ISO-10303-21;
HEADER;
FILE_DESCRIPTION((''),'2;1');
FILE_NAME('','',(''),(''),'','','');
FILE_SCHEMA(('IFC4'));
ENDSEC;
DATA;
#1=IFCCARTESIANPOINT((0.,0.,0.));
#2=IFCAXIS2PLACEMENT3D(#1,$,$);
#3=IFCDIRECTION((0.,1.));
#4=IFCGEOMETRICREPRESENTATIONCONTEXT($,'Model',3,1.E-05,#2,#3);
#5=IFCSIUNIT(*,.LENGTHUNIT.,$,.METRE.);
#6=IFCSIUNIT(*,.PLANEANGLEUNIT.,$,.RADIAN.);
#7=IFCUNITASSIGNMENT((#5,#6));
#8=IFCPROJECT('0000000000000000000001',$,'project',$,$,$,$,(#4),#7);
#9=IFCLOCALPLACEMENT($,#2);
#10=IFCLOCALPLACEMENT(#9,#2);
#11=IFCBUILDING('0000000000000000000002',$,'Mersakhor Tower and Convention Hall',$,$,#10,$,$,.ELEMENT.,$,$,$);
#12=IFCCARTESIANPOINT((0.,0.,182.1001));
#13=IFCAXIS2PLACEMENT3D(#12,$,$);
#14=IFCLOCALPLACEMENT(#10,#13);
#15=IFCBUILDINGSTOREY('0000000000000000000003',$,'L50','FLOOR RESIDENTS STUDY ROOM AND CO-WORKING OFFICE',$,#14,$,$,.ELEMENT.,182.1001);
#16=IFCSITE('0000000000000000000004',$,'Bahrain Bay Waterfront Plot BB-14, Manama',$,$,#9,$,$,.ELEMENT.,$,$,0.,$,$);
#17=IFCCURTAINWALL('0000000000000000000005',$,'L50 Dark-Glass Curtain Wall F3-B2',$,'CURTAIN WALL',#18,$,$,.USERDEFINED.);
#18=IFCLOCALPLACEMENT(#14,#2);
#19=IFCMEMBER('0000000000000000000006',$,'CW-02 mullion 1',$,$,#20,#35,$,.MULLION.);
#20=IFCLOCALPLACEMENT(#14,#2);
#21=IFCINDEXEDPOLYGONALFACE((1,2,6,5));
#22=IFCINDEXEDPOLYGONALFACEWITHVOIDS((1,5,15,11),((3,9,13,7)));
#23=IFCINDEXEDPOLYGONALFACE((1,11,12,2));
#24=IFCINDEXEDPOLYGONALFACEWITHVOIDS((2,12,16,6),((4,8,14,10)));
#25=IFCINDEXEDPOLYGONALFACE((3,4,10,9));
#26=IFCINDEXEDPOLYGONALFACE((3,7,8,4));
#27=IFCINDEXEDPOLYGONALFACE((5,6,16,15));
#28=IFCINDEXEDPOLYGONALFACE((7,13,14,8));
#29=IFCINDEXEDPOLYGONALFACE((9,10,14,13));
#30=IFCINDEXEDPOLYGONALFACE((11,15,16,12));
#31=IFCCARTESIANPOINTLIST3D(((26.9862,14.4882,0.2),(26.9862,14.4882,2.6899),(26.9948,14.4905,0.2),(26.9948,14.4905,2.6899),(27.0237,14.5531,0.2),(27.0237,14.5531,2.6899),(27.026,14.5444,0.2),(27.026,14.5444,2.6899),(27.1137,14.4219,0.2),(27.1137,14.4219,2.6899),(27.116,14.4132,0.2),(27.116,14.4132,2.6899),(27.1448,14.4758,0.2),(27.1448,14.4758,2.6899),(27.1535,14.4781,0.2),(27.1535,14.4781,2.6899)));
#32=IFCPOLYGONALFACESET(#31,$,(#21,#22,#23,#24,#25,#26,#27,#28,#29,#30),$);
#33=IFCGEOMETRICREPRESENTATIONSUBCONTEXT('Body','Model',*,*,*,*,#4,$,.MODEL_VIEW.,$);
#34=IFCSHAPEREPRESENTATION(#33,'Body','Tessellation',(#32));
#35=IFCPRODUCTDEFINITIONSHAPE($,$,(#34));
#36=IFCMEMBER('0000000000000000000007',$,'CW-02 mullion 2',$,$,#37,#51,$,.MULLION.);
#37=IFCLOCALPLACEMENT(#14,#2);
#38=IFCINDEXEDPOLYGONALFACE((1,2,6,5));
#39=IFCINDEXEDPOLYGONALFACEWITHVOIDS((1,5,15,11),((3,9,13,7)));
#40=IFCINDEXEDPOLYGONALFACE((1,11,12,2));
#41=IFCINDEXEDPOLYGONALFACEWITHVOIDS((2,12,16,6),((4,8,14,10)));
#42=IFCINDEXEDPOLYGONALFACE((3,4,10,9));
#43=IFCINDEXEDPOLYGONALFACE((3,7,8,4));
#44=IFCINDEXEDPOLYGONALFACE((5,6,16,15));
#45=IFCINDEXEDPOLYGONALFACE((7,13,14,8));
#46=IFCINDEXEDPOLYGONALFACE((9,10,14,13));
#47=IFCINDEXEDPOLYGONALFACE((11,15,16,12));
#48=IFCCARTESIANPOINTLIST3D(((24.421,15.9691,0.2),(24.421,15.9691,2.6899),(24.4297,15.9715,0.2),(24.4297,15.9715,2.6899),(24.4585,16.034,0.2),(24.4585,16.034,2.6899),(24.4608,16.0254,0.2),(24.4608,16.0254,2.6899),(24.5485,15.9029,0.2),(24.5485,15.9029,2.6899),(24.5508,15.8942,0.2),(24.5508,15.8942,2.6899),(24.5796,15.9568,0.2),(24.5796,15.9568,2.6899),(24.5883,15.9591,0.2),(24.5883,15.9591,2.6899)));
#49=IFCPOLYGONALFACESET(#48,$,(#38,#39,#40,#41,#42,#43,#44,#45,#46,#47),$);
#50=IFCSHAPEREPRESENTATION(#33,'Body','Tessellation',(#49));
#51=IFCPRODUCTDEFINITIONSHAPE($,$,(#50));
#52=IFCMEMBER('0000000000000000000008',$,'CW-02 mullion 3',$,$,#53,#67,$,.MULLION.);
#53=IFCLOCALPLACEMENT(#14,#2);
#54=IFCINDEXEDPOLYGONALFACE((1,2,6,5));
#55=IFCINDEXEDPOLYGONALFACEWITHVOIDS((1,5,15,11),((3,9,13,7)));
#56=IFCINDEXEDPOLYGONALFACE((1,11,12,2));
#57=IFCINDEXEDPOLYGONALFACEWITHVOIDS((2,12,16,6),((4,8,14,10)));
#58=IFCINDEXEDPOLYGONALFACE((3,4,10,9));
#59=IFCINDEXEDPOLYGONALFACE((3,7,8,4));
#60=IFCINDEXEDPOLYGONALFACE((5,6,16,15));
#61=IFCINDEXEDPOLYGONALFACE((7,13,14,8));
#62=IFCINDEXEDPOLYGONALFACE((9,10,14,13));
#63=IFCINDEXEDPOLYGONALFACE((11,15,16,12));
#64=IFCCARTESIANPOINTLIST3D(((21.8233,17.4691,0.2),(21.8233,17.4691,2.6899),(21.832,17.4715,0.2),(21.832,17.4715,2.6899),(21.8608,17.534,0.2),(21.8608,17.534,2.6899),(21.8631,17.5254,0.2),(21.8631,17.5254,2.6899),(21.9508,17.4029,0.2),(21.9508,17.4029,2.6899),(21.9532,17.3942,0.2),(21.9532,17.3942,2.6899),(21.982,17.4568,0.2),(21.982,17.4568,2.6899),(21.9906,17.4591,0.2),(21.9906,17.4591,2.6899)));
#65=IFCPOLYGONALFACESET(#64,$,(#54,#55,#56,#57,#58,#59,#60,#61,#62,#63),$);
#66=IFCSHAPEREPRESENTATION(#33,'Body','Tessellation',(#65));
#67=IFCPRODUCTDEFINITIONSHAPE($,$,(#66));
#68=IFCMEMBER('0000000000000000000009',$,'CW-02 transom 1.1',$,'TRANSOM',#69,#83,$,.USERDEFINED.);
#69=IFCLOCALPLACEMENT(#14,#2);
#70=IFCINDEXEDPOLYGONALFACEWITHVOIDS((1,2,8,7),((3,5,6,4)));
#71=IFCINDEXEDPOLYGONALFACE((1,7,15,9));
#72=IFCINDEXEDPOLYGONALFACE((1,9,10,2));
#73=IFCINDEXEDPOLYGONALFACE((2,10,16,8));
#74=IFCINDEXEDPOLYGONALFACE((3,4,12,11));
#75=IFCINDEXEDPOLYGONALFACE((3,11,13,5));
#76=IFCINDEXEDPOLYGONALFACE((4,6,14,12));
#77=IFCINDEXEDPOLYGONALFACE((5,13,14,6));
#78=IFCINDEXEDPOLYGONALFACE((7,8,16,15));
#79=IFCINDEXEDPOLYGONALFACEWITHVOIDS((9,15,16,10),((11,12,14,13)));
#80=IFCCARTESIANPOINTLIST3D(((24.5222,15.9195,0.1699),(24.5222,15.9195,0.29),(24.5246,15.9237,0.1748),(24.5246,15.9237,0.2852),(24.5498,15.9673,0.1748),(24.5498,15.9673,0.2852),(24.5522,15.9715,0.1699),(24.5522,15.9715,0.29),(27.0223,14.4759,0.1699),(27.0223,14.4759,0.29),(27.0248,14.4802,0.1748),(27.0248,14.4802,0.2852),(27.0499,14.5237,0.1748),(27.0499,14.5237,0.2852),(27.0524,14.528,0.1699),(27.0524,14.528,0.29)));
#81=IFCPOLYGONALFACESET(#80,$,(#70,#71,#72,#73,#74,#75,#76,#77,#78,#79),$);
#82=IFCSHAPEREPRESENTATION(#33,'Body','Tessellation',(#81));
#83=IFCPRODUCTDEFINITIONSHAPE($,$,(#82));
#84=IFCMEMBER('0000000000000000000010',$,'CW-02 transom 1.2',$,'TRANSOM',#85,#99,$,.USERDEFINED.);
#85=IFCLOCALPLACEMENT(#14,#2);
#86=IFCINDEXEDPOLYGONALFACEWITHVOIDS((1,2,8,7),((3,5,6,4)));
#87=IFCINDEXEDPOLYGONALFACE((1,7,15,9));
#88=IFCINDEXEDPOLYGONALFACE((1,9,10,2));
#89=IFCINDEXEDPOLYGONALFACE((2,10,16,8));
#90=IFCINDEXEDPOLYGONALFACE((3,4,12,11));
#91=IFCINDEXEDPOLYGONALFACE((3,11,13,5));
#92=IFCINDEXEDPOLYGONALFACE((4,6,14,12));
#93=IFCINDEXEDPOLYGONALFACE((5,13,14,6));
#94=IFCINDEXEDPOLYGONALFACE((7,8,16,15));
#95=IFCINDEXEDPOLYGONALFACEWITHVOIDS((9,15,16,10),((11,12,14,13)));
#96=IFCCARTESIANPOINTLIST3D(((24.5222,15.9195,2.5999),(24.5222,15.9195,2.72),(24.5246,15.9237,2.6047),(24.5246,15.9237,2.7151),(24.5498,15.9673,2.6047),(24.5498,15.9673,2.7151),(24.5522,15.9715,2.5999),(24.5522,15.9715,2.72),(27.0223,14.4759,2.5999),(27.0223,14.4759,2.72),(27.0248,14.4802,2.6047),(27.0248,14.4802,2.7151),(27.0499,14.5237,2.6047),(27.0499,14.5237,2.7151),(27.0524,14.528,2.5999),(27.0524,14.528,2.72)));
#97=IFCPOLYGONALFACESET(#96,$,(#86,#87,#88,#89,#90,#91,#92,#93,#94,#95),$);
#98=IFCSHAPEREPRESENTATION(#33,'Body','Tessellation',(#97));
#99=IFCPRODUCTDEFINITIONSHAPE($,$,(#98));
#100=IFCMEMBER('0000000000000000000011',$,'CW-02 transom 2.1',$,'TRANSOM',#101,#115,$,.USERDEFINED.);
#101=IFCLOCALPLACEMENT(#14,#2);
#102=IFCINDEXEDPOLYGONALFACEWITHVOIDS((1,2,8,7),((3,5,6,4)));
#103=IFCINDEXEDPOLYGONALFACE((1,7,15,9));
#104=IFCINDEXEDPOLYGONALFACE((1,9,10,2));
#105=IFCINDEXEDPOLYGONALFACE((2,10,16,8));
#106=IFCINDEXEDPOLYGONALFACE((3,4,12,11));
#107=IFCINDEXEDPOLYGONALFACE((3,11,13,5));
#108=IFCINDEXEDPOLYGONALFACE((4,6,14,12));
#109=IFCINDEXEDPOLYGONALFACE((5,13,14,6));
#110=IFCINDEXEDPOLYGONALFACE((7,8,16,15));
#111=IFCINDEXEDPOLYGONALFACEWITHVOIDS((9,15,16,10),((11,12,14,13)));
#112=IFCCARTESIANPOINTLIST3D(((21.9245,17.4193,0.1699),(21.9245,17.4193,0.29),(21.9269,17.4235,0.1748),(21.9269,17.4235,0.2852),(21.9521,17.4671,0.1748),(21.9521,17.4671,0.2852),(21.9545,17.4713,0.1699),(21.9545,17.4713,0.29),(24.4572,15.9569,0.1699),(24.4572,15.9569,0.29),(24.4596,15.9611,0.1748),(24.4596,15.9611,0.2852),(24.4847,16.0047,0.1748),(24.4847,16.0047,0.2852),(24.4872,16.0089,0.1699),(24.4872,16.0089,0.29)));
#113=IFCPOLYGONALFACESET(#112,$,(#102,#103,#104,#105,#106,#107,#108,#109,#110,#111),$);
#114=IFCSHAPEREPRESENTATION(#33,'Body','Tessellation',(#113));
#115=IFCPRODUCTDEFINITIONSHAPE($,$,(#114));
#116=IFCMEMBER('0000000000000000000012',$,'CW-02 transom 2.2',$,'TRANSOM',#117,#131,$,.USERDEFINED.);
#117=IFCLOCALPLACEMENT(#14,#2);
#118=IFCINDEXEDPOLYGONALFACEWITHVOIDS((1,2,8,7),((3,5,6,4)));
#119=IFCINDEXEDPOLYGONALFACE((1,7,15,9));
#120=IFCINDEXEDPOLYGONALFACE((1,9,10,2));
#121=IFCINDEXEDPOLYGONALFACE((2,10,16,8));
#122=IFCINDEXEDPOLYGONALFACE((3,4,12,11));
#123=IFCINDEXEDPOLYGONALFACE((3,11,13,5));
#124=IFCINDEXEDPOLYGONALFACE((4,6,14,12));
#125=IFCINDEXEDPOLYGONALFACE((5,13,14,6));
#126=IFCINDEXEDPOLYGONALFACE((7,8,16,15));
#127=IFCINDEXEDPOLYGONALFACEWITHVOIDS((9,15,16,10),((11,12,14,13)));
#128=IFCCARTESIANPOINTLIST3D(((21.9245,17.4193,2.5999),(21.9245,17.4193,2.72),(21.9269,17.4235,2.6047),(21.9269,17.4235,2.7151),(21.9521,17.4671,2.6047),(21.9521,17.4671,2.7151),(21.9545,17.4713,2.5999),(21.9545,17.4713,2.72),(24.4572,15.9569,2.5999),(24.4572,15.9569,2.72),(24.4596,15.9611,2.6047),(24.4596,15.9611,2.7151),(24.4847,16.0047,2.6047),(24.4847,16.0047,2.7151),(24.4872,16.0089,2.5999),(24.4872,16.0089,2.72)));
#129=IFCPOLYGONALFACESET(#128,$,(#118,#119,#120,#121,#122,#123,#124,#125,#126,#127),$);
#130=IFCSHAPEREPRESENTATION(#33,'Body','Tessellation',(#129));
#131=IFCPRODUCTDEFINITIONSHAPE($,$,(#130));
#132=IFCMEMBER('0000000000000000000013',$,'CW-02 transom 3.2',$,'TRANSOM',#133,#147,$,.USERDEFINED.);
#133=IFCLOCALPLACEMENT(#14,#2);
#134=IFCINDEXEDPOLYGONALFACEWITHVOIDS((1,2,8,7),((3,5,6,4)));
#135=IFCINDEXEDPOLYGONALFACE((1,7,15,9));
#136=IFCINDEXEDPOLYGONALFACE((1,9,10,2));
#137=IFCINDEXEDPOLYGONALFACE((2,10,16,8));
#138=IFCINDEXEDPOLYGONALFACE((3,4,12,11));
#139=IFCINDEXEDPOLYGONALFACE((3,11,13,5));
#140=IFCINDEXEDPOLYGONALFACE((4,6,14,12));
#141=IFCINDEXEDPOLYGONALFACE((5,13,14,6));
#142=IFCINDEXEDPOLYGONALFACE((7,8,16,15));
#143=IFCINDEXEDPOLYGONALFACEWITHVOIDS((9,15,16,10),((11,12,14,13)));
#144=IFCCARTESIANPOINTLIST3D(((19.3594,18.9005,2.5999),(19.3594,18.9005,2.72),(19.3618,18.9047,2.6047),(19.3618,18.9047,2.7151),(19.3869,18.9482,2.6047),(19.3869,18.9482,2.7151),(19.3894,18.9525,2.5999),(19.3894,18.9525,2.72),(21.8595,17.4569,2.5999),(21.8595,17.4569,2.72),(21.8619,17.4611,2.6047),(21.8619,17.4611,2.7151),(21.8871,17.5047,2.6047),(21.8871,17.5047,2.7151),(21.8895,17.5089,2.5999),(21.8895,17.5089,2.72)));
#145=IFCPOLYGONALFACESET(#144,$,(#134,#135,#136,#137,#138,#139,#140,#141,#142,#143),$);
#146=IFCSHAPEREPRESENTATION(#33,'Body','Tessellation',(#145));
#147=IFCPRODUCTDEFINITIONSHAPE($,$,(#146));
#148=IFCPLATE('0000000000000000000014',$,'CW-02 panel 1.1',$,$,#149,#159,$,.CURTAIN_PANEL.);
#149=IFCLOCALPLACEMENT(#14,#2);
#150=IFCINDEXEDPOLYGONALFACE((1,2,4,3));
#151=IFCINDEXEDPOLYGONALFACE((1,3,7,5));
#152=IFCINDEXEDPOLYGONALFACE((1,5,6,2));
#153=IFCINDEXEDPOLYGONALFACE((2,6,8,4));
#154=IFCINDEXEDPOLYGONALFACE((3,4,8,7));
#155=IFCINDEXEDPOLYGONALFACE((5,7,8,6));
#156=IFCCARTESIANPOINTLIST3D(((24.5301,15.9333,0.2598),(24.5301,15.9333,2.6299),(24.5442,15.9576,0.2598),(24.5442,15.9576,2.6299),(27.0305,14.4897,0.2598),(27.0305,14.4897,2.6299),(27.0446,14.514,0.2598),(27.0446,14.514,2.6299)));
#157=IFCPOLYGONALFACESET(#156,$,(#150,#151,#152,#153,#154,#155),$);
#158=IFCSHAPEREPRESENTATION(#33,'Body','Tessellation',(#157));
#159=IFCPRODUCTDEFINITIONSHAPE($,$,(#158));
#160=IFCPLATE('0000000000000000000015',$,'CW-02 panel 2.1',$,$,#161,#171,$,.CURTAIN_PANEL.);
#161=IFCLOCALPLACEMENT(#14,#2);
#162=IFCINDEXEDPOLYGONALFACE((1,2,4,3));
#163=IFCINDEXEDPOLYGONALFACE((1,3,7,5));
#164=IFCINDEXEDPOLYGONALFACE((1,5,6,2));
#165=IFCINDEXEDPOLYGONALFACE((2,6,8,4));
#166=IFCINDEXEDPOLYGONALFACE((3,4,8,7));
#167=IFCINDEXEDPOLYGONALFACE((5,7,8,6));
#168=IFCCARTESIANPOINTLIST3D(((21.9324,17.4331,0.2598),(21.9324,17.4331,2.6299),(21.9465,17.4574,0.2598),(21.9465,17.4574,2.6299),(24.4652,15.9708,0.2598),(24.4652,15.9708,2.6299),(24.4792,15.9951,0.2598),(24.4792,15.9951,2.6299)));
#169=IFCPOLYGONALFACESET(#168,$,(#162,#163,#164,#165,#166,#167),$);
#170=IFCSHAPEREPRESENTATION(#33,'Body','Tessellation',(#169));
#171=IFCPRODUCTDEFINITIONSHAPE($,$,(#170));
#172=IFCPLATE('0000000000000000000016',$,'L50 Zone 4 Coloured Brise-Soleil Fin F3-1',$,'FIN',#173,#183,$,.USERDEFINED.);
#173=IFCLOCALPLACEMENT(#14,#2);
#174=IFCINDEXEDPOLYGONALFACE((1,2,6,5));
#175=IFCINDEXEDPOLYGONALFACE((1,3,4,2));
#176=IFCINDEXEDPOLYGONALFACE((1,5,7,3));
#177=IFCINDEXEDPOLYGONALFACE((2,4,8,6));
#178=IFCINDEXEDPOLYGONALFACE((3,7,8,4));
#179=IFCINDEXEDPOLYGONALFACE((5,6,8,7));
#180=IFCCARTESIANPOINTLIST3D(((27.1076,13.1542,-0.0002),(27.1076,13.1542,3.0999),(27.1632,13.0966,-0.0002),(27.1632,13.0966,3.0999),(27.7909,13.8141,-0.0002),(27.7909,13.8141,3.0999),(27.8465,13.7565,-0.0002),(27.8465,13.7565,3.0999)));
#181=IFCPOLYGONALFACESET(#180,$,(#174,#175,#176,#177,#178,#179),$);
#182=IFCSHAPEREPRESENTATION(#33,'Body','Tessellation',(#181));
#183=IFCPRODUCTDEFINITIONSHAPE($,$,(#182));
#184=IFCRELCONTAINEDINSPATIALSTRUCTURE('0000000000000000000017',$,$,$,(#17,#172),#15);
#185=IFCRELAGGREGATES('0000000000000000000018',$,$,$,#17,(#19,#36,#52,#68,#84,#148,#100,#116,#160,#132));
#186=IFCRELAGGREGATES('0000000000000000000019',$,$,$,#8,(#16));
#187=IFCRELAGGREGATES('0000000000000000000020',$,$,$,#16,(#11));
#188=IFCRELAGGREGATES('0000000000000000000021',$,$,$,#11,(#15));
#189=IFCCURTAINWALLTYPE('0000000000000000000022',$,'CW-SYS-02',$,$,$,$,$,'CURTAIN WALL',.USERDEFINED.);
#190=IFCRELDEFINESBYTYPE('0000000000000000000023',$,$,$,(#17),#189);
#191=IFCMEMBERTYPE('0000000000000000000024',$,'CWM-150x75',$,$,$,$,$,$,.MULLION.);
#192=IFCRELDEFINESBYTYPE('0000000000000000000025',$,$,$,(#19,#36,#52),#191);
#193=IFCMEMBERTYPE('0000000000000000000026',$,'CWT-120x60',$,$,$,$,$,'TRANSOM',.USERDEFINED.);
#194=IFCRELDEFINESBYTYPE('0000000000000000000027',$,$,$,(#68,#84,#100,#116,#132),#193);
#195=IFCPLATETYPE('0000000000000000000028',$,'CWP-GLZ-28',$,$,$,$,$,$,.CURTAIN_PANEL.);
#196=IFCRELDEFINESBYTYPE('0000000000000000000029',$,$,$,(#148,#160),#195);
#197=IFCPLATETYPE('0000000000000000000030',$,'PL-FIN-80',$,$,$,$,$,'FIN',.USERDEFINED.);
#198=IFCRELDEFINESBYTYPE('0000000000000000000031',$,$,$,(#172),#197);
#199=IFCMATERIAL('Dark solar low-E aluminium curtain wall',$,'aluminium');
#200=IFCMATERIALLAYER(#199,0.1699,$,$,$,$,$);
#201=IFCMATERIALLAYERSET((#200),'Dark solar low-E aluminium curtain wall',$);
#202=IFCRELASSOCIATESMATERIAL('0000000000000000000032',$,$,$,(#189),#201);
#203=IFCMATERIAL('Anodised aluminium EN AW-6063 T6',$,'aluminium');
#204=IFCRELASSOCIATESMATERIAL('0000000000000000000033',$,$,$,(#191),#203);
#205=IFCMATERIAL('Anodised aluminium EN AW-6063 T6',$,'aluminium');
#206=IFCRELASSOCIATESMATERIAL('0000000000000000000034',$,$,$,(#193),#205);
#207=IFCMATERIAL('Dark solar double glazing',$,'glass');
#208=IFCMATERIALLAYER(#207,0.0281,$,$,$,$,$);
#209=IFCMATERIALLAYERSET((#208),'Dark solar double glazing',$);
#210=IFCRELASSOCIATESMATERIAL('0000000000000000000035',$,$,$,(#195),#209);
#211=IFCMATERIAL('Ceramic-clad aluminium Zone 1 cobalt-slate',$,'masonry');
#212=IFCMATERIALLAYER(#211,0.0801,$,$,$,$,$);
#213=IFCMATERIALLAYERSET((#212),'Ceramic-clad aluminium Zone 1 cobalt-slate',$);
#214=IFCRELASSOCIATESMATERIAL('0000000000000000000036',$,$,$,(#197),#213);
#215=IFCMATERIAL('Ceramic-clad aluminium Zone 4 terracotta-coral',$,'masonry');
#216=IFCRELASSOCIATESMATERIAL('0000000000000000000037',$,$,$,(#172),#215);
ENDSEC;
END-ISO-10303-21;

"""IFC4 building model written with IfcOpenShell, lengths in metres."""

from ifc_helpers import new_model, si_unit, direction, frame, origin, origin_2d, place, context, subcontext, project, spatial, rectangle, hollow_rectangle, extrude, material, layer, layer_set, material_profile, profile_set, type_object, element, aggregate, save


model = new_model("IFC4")

# Units and contexts
model_context = context("Model", 3, precision=1e-05, world=origin(), true_north=direction((0.0, 1.0)))
body_context = subcontext(model_context, "Body", "Model", "MODEL_VIEW")
ifc_project = project(units=[si_unit("LENGTHUNIT", "METRE"), si_unit("PLANEANGLEUNIT", "RADIAN")], contexts=[model_context])

# Site, building, storey
site_placement = place(None, origin())
site = spatial("IfcSite", under=ifc_project, at=site_placement, Name="Bahrain Bay Waterfront Plot BB-14, Manama", CompositionType="ELEMENT", RefElevation=0.0)
building_placement = place(site_placement, origin())
building = spatial("IfcBuilding", under=site, at=building_placement, Name="Mersakhor Tower and Convention Hall", CompositionType="ELEMENT")
storey_placement = place(building_placement, frame((0.0, 0.0, 182.1001)))
storey = spatial("IfcBuildingStorey", under=building, at=storey_placement, Name="L50", Description="FLOOR RESIDENTS STUDY ROOM AND CO-WORKING OFFICE", CompositionType="ELEMENT", Elevation=182.1001)

# Curtain wall, members, plates
ifc_material_1 = material(Name="Dark solar low-E aluminium curtain wall", Category="aluminium")
ifc_layer_1 = layer(ifc_material_1, 0.1699)
ifc_layer_set_1 = layer_set([ifc_layer_1], Name="Dark solar low-E aluminium curtain wall")
curtain_wall_type = type_object("IfcCurtainWallType", Name="CW-SYS-02", ElementType="CURTAIN WALL", PredefinedType="USERDEFINED", material=ifc_layer_set_1)
curtain_wall_placement = place(storey_placement, origin())
curtain_wall = element("IfcCurtainWall", 1, at=curtain_wall_placement, inside=storey, type_object=curtain_wall_type, Name="L50 Dark-Glass Curtain Wall F3-B2", ObjectType="CURTAIN WALL", PredefinedType="USERDEFINED")
ifc_material_2 = material(Name="Anodised aluminium EN AW-6063 T6", Category="aluminium")
ifc_material_profile_1 = material_profile(ifc_material_2, hollow_rectangle(XDim=0.075, YDim=0.1499, WallThickness=0.0063, at=origin_2d()), Name="RHS 150x75x6.3")
ifc_profile_set_1 = profile_set([ifc_material_profile_1], Name="Anodised aluminium EN AW-6063 T6")
member_type_1 = type_object("IfcMemberType", Name="CWM-150x75", PredefinedType="MULLION", material=ifc_profile_set_1)
member_1_placement = place(storey_placement, frame((27.0698, 14.4832, 0.2), z_axis=(0.0, 0.0, 1.0), x_axis=(-0.500008, -0.866021, 0.0)))
member_1 = element("IfcMember", 2, at=member_1_placement, type_object=member_type_1, Name="CW-02 mullion 1", PredefinedType="MULLION", context=body_context, shape_type="SweptSolid", body=[
    extrude(hollow_rectangle(XDim=0.075, YDim=0.1499, WallThickness=0.0063, at=origin_2d()), origin(), (0.0, 0.0, 1.0), 2.49),
])
member_2_placement = place(storey_placement, frame((24.5046, 15.9641, 0.2), z_axis=(0.0, 0.0, 1.0), x_axis=(-0.500008, -0.866021, 0.0)))
member_2 = element("IfcMember", 3, at=member_2_placement, type_object=member_type_1, Name="CW-02 mullion 2", PredefinedType="MULLION", context=body_context, shape_type="SweptSolid", body=[
    extrude(hollow_rectangle(XDim=0.075, YDim=0.1499, WallThickness=0.0063, at=origin_2d()), origin(), (0.0, 0.0, 1.0), 2.49),
])
member_3_placement = place(storey_placement, frame((21.907, 17.4641, 0.2), z_axis=(0.0, 0.0, 1.0), x_axis=(-0.500008, -0.866021, 0.0)))
member_3 = element("IfcMember", 4, at=member_3_placement, type_object=member_type_1, Name="CW-02 mullion 3", PredefinedType="MULLION", context=body_context, shape_type="SweptSolid", body=[
    extrude(hollow_rectangle(XDim=0.075, YDim=0.1499, WallThickness=0.0063, at=origin_2d()), origin(), (0.0, 0.0, 1.0), 2.49),
])
ifc_material_3 = material(Name="Anodised aluminium EN AW-6063 T6", Category="aluminium")
ifc_material_profile_2 = material_profile(ifc_material_3, hollow_rectangle(XDim=0.0601, YDim=0.1201, WallThickness=0.0049, at=origin_2d()), Name="RHS 120x60x5")
ifc_profile_set_2 = profile_set([ifc_material_profile_2], Name="Anodised aluminium EN AW-6063 T6")
member_type_2 = type_object("IfcMemberType", Name="CWT-120x60", ElementType="TRANSOM", PredefinedType="USERDEFINED", material=ifc_profile_set_2)
member_4_placement = place(storey_placement, frame((27.0374, 14.502, 0.23), z_axis=(-0.866012, 0.500023, 0.0), x_axis=(-0.500023, -0.866012, 0.0)))
member_4 = element("IfcMember", 5, at=member_4_placement, type_object=member_type_2, Name="CW-02 transom 1.1", ObjectType="TRANSOM", PredefinedType="USERDEFINED", context=body_context, shape_type="SweptSolid", body=[
    extrude(hollow_rectangle(XDim=0.0601, YDim=0.1201, WallThickness=0.0049, at=origin_2d()), origin(), (0.0, 0.0, 1.0), 2.887),
])
member_5_placement = place(storey_placement, frame((27.0374, 14.502, 2.6599), z_axis=(-0.866012, 0.500023, 0.0), x_axis=(-0.500023, -0.866012, 0.0)))
member_5 = element("IfcMember", 6, at=member_5_placement, type_object=member_type_2, Name="CW-02 transom 1.2", ObjectType="TRANSOM", PredefinedType="USERDEFINED", context=body_context, shape_type="SweptSolid", body=[
    extrude(hollow_rectangle(XDim=0.0601, YDim=0.1201, WallThickness=0.0049, at=origin_2d()), origin(), (0.0, 0.0, 1.0), 2.887),
])
member_6_placement = place(storey_placement, frame((24.4722, 15.9829, 0.23), z_axis=(-0.866005, 0.500036, 0.0), x_axis=(-0.500036, -0.866005, 0.0)))
member_6 = element("IfcMember", 7, at=member_6_placement, type_object=member_type_2, Name="CW-02 transom 2.1", ObjectType="TRANSOM", PredefinedType="USERDEFINED", context=body_context, shape_type="SweptSolid", body=[
    extrude(hollow_rectangle(XDim=0.0601, YDim=0.1201, WallThickness=0.0049, at=origin_2d()), origin(), (0.0, 0.0, 1.0), 2.9246),
])
member_7_placement = place(storey_placement, frame((24.4722, 15.9829, 2.6599), z_axis=(-0.866005, 0.500036, 0.0), x_axis=(-0.500036, -0.866005, 0.0)))
member_7 = element("IfcMember", 8, at=member_7_placement, type_object=member_type_2, Name="CW-02 transom 2.2", ObjectType="TRANSOM", PredefinedType="USERDEFINED", context=body_context, shape_type="SweptSolid", body=[
    extrude(hollow_rectangle(XDim=0.0601, YDim=0.1201, WallThickness=0.0049, at=origin_2d()), origin(), (0.0, 0.0, 1.0), 2.9246),
])
member_8_placement = place(storey_placement, frame((21.8745, 17.4829, 2.6599), z_axis=(-0.866012, 0.500023, 0.0), x_axis=(-0.500023, -0.866012, 0.0)))
member_8 = element("IfcMember", 9, at=member_8_placement, type_object=member_type_2, Name="CW-02 transom 3.2", ObjectType="TRANSOM", PredefinedType="USERDEFINED", context=body_context, shape_type="SweptSolid", body=[
    extrude(hollow_rectangle(XDim=0.0601, YDim=0.1201, WallThickness=0.0049, at=origin_2d()), origin(), (0.0, 0.0, 1.0), 2.887),
])
ifc_material_4 = material(Name="Dark solar double glazing", Category="glass")
ifc_layer_2 = layer(ifc_material_4, 0.0281)
ifc_layer_set_2 = layer_set([ifc_layer_2], Name="Dark solar double glazing")
plate_type_1 = type_object("IfcPlateType", Name="CWP-GLZ-28", PredefinedType="CURTAIN_PANEL", material=ifc_layer_set_2)
plate_1_placement = place(storey_placement, frame((25.7874, 15.2236, 0.2598), z_axis=(0.0, 0.0, 1.0), x_axis=(-0.866021, 0.500008, 0.0)))
plate_1 = element("IfcPlate", 10, at=plate_1_placement, type_object=plate_type_1, Name="CW-02 panel 1.1", PredefinedType="CURTAIN_PANEL", context=body_context, shape_type="SweptSolid", body=[
    extrude(rectangle(XDim=2.8872, YDim=0.0281, at=origin_2d()), origin(), (0.0, 0.0, 1.0), 2.3701),
])
plate_2_placement = place(storey_placement, frame((23.2058, 16.7141, 0.2598), z_axis=(0.0, 0.0, 1.0), x_axis=(-0.866021, 0.500008, 0.0)))
plate_2 = element("IfcPlate", 11, at=plate_2_placement, type_object=plate_type_1, Name="CW-02 panel 2.1", PredefinedType="CURTAIN_PANEL", context=body_context, shape_type="SweptSolid", body=[
    extrude(rectangle(XDim=2.9246, YDim=0.0281, at=origin_2d()), origin(), (0.0, 0.0, 1.0), 2.3701),
])
aggregate(curtain_wall, [member_1, member_2, member_3, member_4, member_5, plate_1, member_6, member_7, plate_2, member_8])

# Plate
ifc_material_5 = material(Name="Ceramic-clad aluminium Zone 4 terracotta-coral", Category="masonry")
ifc_material_6 = material(Name="Ceramic-clad aluminium Zone 1 cobalt-slate", Category="masonry")
ifc_layer_3 = layer(ifc_material_6, 0.0801)
ifc_layer_set_3 = layer_set([ifc_layer_3], Name="Ceramic-clad aluminium Zone 1 cobalt-slate")
plate_type_2 = type_object("IfcPlateType", Name="PL-FIN-80", ElementType="FIN", PredefinedType="USERDEFINED", material=ifc_layer_set_3)
plate_3_placement = place(storey_placement, frame((27.4771, 13.4553, -0.0002), z_axis=(0.0, 0.0, 1.0), x_axis=(-0.71934, -0.694658, 0.0)))
element("IfcPlate", 12, at=plate_3_placement, inside=storey, type_object=plate_type_2, material=ifc_material_5, Name="L50 Zone 4 Coloured Brise-Soleil Fin F3-1", ObjectType="FIN", PredefinedType="USERDEFINED", context=body_context, shape_type="SweptSolid", body=[
    extrude(rectangle(XDim=0.95, YDim=0.0801, at=origin_2d()), origin(), (0.0, 0.0, 1.0), 3.1001),
])

save(model, "model.ifc")
